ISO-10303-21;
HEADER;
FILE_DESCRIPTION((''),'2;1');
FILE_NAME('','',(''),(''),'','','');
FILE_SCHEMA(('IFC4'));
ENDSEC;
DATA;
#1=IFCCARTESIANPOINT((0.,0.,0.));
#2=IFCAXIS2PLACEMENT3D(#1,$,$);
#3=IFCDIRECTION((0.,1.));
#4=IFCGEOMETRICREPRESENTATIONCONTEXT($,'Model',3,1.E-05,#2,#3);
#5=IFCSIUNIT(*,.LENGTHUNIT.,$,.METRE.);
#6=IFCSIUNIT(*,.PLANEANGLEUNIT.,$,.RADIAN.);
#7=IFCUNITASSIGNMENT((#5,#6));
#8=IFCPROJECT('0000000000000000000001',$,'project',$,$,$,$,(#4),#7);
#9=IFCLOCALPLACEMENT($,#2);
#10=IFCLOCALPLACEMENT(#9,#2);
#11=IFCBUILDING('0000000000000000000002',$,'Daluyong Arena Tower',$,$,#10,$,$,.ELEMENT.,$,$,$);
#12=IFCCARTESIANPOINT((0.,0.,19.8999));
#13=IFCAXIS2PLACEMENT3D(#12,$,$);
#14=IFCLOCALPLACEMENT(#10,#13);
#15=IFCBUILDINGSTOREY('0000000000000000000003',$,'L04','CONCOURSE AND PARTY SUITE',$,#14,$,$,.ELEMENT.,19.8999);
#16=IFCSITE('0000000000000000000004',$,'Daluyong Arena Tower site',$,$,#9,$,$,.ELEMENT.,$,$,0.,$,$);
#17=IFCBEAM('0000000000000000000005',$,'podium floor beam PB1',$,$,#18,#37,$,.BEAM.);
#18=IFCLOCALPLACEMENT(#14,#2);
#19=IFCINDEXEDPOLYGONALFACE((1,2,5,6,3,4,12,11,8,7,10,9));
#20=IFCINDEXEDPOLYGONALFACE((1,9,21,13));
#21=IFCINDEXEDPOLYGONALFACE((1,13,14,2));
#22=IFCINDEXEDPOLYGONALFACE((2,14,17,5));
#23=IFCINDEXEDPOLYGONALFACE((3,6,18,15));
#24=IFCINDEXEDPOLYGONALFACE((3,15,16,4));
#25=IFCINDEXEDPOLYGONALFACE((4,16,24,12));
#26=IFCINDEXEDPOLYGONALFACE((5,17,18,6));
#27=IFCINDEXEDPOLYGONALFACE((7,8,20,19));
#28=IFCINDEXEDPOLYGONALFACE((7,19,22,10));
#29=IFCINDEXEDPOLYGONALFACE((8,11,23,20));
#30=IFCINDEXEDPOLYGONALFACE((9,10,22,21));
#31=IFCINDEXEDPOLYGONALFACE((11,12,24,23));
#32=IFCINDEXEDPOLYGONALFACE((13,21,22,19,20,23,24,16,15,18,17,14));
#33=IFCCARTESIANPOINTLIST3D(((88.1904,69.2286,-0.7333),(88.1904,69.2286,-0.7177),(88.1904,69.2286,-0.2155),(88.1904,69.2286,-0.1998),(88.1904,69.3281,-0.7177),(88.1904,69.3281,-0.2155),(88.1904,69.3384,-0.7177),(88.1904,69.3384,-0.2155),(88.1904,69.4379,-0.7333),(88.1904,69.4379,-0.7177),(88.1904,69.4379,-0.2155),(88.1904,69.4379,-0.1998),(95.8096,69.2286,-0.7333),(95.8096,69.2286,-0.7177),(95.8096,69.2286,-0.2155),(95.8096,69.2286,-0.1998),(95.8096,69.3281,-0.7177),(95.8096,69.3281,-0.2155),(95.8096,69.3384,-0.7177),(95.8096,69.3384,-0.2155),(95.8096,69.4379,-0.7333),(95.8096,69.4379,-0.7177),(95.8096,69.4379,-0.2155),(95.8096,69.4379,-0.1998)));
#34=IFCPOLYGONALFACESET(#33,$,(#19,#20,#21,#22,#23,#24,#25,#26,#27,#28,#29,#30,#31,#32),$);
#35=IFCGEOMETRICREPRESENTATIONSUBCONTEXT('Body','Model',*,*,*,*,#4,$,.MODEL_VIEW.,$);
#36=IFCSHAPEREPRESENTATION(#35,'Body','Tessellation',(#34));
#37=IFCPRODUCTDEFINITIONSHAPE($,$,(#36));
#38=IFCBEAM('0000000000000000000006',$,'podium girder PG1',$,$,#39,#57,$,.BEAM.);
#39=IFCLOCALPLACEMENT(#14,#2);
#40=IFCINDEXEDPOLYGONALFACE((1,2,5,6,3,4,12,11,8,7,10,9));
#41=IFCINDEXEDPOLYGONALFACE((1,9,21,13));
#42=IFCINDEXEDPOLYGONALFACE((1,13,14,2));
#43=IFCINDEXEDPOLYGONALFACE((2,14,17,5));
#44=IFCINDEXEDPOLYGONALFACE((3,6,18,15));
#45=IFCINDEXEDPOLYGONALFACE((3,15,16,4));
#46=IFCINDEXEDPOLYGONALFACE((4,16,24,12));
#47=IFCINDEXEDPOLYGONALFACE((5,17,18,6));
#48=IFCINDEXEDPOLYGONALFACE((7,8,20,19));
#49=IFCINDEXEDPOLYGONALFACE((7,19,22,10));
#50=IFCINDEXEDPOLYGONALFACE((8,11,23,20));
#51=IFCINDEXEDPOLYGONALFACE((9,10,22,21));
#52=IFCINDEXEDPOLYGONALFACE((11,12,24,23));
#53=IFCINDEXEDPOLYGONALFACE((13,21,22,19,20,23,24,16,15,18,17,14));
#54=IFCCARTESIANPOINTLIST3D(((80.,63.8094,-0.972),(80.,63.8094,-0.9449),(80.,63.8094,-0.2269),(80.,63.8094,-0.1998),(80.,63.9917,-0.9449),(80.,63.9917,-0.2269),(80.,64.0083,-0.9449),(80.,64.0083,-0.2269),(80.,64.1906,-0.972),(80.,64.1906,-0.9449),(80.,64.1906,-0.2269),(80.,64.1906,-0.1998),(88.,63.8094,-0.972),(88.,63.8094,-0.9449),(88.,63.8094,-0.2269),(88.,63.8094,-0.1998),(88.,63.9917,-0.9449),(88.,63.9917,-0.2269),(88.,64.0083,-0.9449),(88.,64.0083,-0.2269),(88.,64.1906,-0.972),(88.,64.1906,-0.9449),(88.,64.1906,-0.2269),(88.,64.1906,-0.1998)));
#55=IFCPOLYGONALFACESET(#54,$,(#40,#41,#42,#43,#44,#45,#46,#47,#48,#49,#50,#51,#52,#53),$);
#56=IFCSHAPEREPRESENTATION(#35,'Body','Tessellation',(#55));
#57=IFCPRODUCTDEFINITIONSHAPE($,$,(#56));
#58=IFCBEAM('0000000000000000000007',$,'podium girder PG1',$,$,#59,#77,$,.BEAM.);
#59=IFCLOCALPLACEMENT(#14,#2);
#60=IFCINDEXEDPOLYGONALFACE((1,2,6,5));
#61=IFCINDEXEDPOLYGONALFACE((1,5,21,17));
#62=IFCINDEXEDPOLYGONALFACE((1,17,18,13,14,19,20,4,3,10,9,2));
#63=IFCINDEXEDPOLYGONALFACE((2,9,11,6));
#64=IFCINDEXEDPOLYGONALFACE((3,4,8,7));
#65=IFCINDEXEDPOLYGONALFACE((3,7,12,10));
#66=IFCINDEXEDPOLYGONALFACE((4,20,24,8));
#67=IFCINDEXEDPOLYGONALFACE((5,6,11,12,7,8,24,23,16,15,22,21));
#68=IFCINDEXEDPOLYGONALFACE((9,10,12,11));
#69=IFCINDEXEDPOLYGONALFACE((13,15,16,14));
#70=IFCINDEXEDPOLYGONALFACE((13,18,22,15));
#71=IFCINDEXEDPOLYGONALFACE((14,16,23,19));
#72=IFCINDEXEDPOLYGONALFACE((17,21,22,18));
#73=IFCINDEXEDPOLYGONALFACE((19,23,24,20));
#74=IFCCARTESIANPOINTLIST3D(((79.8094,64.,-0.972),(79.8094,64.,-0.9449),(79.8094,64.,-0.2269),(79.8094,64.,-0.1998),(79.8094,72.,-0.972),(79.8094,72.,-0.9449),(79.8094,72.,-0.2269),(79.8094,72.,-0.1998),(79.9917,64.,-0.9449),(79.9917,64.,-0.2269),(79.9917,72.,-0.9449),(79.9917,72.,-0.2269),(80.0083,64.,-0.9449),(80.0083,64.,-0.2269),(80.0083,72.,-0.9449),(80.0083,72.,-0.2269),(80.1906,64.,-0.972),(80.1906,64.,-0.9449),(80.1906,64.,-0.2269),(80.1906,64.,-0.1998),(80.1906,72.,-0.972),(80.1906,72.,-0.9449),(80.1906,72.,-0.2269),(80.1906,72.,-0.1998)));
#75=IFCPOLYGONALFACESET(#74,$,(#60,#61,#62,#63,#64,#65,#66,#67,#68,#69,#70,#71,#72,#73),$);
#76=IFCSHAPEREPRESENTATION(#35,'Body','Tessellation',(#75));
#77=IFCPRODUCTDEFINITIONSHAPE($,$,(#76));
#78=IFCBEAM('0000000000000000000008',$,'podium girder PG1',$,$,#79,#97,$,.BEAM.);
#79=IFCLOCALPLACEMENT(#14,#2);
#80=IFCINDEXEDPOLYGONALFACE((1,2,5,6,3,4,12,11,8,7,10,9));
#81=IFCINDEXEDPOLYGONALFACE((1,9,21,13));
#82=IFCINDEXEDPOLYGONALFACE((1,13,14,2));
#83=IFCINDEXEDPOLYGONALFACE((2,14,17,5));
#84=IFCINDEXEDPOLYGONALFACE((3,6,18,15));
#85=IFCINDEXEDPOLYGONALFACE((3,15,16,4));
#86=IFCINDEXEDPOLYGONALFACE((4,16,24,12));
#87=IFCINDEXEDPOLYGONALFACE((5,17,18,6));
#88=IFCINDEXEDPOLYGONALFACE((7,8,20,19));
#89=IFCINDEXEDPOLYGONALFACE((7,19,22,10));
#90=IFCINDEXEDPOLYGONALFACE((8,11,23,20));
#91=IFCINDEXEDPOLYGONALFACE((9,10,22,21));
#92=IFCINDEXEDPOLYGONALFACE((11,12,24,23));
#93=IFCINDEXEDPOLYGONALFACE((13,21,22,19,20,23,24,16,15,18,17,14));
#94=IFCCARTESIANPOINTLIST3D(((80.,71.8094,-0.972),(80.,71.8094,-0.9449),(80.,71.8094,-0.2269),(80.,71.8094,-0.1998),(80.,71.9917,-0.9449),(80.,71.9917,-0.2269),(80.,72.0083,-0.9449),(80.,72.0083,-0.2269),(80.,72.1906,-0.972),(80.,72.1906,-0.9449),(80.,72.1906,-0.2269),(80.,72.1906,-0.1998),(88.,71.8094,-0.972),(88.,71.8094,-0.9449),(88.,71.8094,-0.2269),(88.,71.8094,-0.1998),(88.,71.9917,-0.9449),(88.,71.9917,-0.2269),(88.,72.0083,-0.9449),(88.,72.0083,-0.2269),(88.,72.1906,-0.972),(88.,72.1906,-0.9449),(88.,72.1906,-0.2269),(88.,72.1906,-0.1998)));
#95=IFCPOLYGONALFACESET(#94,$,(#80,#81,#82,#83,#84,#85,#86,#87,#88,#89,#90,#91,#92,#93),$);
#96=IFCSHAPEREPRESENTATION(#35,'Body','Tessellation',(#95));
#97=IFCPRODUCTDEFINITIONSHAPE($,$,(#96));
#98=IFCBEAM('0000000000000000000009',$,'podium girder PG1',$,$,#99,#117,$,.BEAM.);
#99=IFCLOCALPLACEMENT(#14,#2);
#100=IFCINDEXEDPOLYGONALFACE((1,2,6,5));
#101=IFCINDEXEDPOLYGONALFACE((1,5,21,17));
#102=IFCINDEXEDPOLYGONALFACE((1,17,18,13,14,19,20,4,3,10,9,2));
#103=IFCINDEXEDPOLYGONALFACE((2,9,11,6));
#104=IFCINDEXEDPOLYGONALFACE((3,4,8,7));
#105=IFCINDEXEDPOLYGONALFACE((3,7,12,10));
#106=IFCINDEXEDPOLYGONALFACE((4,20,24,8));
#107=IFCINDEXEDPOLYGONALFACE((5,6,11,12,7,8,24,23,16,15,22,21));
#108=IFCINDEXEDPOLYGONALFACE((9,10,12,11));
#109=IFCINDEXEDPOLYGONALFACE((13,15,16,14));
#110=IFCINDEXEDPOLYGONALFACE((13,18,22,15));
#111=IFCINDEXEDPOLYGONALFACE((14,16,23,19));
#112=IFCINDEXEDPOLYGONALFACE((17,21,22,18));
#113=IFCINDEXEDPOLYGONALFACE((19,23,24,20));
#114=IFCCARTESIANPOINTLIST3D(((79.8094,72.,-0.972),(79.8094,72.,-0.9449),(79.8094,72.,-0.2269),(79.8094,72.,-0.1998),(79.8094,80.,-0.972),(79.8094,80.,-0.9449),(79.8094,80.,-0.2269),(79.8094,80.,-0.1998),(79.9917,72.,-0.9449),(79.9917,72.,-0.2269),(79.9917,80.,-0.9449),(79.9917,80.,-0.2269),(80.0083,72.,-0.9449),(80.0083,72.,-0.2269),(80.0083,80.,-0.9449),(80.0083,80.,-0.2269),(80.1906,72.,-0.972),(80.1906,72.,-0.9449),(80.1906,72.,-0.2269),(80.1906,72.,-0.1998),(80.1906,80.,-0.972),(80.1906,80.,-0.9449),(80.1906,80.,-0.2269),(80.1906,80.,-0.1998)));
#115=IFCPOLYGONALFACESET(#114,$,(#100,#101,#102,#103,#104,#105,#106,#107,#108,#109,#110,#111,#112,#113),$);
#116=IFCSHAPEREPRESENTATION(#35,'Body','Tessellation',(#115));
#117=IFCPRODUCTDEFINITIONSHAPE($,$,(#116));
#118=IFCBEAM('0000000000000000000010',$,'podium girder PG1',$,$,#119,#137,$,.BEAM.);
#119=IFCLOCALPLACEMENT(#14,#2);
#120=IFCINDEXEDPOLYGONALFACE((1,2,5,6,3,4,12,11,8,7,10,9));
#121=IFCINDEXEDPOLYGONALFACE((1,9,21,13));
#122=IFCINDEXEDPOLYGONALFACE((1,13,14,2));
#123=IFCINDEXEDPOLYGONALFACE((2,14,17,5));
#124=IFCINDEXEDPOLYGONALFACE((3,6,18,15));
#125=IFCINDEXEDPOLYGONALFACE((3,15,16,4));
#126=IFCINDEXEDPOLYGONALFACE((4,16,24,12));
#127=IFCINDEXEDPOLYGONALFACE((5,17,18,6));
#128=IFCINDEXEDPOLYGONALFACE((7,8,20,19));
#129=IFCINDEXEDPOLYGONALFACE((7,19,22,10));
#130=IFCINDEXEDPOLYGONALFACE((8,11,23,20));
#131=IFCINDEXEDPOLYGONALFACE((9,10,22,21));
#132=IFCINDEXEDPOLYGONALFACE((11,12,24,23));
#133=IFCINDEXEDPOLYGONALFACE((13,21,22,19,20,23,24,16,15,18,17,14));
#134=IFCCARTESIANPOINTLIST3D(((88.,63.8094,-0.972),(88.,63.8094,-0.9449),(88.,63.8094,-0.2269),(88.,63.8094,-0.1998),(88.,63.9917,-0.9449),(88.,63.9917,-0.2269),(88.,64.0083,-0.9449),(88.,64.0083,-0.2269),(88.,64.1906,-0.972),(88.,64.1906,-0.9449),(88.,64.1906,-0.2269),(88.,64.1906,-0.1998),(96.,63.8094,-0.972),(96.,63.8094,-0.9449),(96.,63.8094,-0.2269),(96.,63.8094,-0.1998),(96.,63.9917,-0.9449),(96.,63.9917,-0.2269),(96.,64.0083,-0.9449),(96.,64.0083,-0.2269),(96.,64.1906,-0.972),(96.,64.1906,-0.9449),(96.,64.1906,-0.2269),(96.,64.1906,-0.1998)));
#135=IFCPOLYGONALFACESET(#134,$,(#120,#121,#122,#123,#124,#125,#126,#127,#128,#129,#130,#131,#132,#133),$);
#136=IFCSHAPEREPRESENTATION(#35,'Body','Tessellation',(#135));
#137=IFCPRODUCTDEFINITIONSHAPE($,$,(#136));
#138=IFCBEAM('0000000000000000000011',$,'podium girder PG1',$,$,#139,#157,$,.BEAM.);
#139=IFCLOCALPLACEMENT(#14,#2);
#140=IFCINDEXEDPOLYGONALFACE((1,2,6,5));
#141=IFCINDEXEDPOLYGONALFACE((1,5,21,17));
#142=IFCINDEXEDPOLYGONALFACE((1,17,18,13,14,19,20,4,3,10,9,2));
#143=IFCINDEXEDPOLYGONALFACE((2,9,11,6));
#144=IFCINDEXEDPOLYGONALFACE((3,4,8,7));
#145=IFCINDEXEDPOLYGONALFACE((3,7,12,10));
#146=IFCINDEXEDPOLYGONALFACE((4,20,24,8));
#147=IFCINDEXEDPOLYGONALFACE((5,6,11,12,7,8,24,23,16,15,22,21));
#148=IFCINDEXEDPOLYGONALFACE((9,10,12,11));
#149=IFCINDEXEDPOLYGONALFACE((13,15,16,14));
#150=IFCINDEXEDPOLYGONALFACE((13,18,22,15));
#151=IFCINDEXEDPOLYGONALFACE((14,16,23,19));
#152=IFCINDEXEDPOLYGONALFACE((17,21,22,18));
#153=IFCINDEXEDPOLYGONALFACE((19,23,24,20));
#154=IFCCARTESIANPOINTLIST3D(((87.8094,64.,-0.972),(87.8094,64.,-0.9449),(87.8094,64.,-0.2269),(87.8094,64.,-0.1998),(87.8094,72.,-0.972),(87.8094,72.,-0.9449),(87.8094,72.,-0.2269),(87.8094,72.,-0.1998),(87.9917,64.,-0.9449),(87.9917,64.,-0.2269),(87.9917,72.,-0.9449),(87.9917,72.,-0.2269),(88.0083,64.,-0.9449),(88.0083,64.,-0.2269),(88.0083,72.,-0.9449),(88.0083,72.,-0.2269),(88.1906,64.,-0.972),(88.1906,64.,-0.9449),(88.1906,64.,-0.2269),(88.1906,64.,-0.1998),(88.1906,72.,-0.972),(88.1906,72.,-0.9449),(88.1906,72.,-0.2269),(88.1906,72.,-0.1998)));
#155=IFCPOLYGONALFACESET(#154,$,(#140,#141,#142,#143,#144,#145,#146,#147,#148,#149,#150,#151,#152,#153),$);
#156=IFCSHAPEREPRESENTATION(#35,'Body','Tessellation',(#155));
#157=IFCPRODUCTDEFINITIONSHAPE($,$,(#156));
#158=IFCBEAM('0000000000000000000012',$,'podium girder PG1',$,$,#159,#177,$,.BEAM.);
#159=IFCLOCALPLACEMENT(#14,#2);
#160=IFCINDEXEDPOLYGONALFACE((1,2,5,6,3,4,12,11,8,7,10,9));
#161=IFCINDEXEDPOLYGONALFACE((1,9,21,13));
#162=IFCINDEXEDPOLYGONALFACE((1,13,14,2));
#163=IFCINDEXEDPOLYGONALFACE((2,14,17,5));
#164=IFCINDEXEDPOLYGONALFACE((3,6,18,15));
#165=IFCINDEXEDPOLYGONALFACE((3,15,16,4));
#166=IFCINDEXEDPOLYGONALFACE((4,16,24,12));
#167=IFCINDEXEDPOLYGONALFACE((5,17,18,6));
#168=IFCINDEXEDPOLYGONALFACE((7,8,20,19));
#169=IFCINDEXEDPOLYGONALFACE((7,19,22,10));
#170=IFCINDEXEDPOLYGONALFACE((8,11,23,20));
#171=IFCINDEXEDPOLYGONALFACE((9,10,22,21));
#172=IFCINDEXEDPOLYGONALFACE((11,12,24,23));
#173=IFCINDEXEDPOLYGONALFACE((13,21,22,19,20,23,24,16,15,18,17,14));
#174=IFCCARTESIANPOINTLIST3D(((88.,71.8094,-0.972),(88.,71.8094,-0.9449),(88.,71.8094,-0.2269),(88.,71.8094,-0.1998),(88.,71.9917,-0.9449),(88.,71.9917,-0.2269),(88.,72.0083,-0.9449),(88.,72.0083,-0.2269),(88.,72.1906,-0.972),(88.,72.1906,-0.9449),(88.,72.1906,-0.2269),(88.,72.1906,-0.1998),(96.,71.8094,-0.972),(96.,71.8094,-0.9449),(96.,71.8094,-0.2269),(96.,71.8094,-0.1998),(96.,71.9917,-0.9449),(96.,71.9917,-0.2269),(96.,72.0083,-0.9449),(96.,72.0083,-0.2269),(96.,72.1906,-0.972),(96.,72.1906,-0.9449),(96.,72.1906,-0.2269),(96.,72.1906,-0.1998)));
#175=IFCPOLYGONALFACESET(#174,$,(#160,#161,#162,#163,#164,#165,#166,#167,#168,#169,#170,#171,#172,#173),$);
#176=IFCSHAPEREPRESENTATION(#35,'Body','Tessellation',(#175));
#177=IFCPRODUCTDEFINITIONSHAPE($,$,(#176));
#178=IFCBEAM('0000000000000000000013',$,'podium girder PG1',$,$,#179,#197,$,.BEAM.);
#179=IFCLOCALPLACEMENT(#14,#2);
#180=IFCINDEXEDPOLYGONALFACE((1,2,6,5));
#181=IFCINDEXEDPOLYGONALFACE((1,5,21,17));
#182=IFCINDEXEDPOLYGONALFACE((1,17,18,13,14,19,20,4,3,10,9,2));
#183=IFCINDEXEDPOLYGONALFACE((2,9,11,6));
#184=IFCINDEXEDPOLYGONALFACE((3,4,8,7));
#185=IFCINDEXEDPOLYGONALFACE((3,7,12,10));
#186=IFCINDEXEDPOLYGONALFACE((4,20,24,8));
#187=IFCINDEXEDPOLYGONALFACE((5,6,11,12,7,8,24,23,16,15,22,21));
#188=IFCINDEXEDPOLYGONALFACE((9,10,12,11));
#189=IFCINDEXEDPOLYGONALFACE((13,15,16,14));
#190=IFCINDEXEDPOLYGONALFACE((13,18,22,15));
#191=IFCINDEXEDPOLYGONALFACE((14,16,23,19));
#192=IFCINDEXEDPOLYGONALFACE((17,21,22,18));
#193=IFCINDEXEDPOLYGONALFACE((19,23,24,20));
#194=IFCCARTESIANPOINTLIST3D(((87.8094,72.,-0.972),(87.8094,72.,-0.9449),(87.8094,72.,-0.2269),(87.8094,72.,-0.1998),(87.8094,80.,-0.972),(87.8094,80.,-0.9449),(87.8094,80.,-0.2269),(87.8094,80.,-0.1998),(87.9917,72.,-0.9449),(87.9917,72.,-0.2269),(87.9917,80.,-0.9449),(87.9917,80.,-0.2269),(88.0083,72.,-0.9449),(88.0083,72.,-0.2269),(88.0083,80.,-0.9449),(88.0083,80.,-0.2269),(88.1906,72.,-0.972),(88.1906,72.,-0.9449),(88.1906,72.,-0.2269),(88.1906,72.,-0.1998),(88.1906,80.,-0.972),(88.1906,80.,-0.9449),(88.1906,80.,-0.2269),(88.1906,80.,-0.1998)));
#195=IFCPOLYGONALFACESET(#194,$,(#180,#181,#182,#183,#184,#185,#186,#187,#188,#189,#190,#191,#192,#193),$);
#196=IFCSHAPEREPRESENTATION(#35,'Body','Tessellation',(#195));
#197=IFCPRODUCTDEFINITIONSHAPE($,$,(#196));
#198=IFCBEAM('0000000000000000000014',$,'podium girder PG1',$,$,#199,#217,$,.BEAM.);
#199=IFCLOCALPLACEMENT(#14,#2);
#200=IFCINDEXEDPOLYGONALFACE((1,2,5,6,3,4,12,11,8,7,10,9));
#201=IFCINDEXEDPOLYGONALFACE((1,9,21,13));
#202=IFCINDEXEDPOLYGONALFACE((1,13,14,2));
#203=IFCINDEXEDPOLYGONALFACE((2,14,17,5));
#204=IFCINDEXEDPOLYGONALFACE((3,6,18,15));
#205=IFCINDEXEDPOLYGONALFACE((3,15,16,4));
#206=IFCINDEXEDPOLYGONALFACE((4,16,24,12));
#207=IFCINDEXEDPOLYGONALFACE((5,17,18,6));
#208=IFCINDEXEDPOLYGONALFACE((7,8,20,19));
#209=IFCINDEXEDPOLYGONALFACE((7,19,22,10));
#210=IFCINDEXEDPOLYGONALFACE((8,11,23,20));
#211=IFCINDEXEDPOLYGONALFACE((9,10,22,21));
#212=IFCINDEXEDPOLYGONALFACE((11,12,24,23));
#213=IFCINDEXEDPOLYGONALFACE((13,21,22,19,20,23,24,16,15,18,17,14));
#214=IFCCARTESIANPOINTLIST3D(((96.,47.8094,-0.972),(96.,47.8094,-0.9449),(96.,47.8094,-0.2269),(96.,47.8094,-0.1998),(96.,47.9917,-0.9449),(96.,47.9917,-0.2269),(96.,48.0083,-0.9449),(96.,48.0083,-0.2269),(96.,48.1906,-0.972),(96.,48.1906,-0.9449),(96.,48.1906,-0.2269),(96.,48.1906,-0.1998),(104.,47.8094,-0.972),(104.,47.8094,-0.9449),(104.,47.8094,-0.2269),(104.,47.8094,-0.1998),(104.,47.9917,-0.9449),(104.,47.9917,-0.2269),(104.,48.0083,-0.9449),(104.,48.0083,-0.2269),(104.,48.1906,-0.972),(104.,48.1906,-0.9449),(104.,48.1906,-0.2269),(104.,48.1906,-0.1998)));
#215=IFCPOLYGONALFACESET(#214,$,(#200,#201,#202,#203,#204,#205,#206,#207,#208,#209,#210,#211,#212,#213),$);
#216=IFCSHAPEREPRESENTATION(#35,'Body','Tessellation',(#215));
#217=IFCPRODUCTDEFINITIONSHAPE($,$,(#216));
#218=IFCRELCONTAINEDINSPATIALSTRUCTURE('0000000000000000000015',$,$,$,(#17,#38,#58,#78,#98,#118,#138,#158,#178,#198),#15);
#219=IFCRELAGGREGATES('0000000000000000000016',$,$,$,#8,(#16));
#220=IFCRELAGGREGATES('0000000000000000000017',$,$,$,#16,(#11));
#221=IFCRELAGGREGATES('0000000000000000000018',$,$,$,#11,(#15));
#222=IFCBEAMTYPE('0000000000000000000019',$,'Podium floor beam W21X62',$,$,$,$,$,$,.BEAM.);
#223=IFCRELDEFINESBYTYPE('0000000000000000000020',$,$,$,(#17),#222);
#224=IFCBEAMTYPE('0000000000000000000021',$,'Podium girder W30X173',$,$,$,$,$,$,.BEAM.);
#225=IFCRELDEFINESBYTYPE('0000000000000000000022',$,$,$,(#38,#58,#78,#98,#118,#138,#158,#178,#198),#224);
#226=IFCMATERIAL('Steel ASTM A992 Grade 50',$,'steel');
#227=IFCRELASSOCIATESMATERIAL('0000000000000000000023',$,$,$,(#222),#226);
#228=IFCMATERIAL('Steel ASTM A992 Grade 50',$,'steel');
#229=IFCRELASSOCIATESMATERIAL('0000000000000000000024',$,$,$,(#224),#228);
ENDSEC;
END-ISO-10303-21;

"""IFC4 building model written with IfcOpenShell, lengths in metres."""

from ifc_helpers import new_model, si_unit, direction, frame, origin, origin_2d, place, context, subcontext, project, spatial, i_section, extrude, material, material_profile, profile_set, type_object, element, save


model = new_model("IFC4")

# Units and contexts
model_context = context("Model", 3, precision=1e-05, world=origin(), true_north=direction((0.0, 1.0)))
body_context = subcontext(model_context, "Body", "Model", "MODEL_VIEW")
ifc_project = project(units=[si_unit("LENGTHUNIT", "METRE"), si_unit("PLANEANGLEUNIT", "RADIAN")], contexts=[model_context])

# Site, building, storey
site_placement = place(None, origin())
site = spatial("IfcSite", under=ifc_project, at=site_placement, Name="Daluyong Arena Tower site", CompositionType="ELEMENT", RefElevation=0.0)
building_placement = place(site_placement, origin())
building = spatial("IfcBuilding", under=site, at=building_placement, Name="Daluyong Arena Tower", CompositionType="ELEMENT")
storey_placement = place(building_placement, frame((0.0, 0.0, 19.8999)))
storey = spatial("IfcBuildingStorey", under=building, at=storey_placement, Name="L04", Description="CONCOURSE AND PARTY SUITE", CompositionType="ELEMENT", Elevation=19.8999)

# Beams
ifc_material_1 = material(Name="Steel ASTM A992 Grade 50", Category="steel")
ifc_material_profile_1 = material_profile(ifc_material_1, i_section(OverallWidth=0.2092, OverallDepth=0.5334, WebThickness=0.0103, FlangeThickness=0.0156, at=origin_2d()))
ifc_profile_set_1 = profile_set([ifc_material_profile_1], Name="Steel ASTM A992 Grade 50")
beam_type_1 = type_object("IfcBeamType", Name="Podium floor beam W21X62", PredefinedType="BEAM", material=ifc_profile_set_1)
for number, where, z_axis, x_axis, name in (
    (1, (88.1904, 69.3333, -0.4666), (1.0, 0.0, 0.0), (0.0, 1.0, 0.0), "podium floor beam PB1"),
):
    element("IfcBeam", number, at=place(storey_placement, frame(where, z_axis=z_axis, x_axis=x_axis)), inside=storey, type_object=beam_type_1, Name=name, PredefinedType="BEAM", context=body_context, shape_type="SweptSolid", body=[
        extrude(i_section(OverallWidth=0.2092, OverallDepth=0.5334, WebThickness=0.0103, FlangeThickness=0.0156, at=origin_2d()), origin(), (0.0, 0.0, 1.0), 7.6191),
    ])
ifc_material_2 = material(Name="Steel ASTM A992 Grade 50", Category="steel")
ifc_material_profile_2 = material_profile(ifc_material_2, i_section(OverallWidth=0.3811, OverallDepth=0.7722, WebThickness=0.0166, FlangeThickness=0.0271, at=origin_2d()))
ifc_profile_set_2 = profile_set([ifc_material_profile_2], Name="Steel ASTM A992 Grade 50")
beam_type_2 = type_object("IfcBeamType", Name="Podium girder W30X173", PredefinedType="BEAM", material=ifc_profile_set_2)
for number, where, z_axis, x_axis, name in (
    (2, (80.0, 64.0, -0.5859), (1.0, 0.0, 0.0), (0.0, 1.0, 0.0), "podium girder PG1"),
    (3, (80.0, 64.0, -0.5859), (0.0, 1.0, 0.0), (-1.0, 0.0, 0.0), "podium girder PG1"),
    (4, (80.0, 72.0, -0.5859), (1.0, 0.0, 0.0), (0.0, 1.0, 0.0), "podium girder PG1"),
    (5, (80.0, 72.0, -0.5859), (0.0, 1.0, 0.0), (-1.0, 0.0, 0.0), "podium girder PG1"),
    (6, (88.0, 64.0, -0.5859), (1.0, 0.0, 0.0), (0.0, 1.0, 0.0), "podium girder PG1"),
    (7, (88.0, 64.0, -0.5859), (0.0, 1.0, 0.0), (-1.0, 0.0, 0.0), "podium girder PG1"),
    (8, (88.0, 72.0, -0.5859), (1.0, 0.0, 0.0), (0.0, 1.0, 0.0), "podium girder PG1"),
    (9, (88.0, 72.0, -0.5859), (0.0, 1.0, 0.0), (-1.0, 0.0, 0.0), "podium girder PG1"),
    (10, (96.0, 48.0, -0.5859), (1.0, 0.0, 0.0), (0.0, 1.0, 0.0), "podium girder PG1"),
):
    element("IfcBeam", number, at=place(storey_placement, frame(where, z_axis=z_axis, x_axis=x_axis)), inside=storey, type_object=beam_type_2, Name=name, PredefinedType="BEAM", context=body_context, shape_type="SweptSolid", body=[
        extrude(i_section(OverallWidth=0.3811, OverallDepth=0.7722, WebThickness=0.0166, FlangeThickness=0.0271, at=origin_2d()), origin(), (0.0, 0.0, 1.0), 8.0),
    ])

save(model, "model.ifc")
